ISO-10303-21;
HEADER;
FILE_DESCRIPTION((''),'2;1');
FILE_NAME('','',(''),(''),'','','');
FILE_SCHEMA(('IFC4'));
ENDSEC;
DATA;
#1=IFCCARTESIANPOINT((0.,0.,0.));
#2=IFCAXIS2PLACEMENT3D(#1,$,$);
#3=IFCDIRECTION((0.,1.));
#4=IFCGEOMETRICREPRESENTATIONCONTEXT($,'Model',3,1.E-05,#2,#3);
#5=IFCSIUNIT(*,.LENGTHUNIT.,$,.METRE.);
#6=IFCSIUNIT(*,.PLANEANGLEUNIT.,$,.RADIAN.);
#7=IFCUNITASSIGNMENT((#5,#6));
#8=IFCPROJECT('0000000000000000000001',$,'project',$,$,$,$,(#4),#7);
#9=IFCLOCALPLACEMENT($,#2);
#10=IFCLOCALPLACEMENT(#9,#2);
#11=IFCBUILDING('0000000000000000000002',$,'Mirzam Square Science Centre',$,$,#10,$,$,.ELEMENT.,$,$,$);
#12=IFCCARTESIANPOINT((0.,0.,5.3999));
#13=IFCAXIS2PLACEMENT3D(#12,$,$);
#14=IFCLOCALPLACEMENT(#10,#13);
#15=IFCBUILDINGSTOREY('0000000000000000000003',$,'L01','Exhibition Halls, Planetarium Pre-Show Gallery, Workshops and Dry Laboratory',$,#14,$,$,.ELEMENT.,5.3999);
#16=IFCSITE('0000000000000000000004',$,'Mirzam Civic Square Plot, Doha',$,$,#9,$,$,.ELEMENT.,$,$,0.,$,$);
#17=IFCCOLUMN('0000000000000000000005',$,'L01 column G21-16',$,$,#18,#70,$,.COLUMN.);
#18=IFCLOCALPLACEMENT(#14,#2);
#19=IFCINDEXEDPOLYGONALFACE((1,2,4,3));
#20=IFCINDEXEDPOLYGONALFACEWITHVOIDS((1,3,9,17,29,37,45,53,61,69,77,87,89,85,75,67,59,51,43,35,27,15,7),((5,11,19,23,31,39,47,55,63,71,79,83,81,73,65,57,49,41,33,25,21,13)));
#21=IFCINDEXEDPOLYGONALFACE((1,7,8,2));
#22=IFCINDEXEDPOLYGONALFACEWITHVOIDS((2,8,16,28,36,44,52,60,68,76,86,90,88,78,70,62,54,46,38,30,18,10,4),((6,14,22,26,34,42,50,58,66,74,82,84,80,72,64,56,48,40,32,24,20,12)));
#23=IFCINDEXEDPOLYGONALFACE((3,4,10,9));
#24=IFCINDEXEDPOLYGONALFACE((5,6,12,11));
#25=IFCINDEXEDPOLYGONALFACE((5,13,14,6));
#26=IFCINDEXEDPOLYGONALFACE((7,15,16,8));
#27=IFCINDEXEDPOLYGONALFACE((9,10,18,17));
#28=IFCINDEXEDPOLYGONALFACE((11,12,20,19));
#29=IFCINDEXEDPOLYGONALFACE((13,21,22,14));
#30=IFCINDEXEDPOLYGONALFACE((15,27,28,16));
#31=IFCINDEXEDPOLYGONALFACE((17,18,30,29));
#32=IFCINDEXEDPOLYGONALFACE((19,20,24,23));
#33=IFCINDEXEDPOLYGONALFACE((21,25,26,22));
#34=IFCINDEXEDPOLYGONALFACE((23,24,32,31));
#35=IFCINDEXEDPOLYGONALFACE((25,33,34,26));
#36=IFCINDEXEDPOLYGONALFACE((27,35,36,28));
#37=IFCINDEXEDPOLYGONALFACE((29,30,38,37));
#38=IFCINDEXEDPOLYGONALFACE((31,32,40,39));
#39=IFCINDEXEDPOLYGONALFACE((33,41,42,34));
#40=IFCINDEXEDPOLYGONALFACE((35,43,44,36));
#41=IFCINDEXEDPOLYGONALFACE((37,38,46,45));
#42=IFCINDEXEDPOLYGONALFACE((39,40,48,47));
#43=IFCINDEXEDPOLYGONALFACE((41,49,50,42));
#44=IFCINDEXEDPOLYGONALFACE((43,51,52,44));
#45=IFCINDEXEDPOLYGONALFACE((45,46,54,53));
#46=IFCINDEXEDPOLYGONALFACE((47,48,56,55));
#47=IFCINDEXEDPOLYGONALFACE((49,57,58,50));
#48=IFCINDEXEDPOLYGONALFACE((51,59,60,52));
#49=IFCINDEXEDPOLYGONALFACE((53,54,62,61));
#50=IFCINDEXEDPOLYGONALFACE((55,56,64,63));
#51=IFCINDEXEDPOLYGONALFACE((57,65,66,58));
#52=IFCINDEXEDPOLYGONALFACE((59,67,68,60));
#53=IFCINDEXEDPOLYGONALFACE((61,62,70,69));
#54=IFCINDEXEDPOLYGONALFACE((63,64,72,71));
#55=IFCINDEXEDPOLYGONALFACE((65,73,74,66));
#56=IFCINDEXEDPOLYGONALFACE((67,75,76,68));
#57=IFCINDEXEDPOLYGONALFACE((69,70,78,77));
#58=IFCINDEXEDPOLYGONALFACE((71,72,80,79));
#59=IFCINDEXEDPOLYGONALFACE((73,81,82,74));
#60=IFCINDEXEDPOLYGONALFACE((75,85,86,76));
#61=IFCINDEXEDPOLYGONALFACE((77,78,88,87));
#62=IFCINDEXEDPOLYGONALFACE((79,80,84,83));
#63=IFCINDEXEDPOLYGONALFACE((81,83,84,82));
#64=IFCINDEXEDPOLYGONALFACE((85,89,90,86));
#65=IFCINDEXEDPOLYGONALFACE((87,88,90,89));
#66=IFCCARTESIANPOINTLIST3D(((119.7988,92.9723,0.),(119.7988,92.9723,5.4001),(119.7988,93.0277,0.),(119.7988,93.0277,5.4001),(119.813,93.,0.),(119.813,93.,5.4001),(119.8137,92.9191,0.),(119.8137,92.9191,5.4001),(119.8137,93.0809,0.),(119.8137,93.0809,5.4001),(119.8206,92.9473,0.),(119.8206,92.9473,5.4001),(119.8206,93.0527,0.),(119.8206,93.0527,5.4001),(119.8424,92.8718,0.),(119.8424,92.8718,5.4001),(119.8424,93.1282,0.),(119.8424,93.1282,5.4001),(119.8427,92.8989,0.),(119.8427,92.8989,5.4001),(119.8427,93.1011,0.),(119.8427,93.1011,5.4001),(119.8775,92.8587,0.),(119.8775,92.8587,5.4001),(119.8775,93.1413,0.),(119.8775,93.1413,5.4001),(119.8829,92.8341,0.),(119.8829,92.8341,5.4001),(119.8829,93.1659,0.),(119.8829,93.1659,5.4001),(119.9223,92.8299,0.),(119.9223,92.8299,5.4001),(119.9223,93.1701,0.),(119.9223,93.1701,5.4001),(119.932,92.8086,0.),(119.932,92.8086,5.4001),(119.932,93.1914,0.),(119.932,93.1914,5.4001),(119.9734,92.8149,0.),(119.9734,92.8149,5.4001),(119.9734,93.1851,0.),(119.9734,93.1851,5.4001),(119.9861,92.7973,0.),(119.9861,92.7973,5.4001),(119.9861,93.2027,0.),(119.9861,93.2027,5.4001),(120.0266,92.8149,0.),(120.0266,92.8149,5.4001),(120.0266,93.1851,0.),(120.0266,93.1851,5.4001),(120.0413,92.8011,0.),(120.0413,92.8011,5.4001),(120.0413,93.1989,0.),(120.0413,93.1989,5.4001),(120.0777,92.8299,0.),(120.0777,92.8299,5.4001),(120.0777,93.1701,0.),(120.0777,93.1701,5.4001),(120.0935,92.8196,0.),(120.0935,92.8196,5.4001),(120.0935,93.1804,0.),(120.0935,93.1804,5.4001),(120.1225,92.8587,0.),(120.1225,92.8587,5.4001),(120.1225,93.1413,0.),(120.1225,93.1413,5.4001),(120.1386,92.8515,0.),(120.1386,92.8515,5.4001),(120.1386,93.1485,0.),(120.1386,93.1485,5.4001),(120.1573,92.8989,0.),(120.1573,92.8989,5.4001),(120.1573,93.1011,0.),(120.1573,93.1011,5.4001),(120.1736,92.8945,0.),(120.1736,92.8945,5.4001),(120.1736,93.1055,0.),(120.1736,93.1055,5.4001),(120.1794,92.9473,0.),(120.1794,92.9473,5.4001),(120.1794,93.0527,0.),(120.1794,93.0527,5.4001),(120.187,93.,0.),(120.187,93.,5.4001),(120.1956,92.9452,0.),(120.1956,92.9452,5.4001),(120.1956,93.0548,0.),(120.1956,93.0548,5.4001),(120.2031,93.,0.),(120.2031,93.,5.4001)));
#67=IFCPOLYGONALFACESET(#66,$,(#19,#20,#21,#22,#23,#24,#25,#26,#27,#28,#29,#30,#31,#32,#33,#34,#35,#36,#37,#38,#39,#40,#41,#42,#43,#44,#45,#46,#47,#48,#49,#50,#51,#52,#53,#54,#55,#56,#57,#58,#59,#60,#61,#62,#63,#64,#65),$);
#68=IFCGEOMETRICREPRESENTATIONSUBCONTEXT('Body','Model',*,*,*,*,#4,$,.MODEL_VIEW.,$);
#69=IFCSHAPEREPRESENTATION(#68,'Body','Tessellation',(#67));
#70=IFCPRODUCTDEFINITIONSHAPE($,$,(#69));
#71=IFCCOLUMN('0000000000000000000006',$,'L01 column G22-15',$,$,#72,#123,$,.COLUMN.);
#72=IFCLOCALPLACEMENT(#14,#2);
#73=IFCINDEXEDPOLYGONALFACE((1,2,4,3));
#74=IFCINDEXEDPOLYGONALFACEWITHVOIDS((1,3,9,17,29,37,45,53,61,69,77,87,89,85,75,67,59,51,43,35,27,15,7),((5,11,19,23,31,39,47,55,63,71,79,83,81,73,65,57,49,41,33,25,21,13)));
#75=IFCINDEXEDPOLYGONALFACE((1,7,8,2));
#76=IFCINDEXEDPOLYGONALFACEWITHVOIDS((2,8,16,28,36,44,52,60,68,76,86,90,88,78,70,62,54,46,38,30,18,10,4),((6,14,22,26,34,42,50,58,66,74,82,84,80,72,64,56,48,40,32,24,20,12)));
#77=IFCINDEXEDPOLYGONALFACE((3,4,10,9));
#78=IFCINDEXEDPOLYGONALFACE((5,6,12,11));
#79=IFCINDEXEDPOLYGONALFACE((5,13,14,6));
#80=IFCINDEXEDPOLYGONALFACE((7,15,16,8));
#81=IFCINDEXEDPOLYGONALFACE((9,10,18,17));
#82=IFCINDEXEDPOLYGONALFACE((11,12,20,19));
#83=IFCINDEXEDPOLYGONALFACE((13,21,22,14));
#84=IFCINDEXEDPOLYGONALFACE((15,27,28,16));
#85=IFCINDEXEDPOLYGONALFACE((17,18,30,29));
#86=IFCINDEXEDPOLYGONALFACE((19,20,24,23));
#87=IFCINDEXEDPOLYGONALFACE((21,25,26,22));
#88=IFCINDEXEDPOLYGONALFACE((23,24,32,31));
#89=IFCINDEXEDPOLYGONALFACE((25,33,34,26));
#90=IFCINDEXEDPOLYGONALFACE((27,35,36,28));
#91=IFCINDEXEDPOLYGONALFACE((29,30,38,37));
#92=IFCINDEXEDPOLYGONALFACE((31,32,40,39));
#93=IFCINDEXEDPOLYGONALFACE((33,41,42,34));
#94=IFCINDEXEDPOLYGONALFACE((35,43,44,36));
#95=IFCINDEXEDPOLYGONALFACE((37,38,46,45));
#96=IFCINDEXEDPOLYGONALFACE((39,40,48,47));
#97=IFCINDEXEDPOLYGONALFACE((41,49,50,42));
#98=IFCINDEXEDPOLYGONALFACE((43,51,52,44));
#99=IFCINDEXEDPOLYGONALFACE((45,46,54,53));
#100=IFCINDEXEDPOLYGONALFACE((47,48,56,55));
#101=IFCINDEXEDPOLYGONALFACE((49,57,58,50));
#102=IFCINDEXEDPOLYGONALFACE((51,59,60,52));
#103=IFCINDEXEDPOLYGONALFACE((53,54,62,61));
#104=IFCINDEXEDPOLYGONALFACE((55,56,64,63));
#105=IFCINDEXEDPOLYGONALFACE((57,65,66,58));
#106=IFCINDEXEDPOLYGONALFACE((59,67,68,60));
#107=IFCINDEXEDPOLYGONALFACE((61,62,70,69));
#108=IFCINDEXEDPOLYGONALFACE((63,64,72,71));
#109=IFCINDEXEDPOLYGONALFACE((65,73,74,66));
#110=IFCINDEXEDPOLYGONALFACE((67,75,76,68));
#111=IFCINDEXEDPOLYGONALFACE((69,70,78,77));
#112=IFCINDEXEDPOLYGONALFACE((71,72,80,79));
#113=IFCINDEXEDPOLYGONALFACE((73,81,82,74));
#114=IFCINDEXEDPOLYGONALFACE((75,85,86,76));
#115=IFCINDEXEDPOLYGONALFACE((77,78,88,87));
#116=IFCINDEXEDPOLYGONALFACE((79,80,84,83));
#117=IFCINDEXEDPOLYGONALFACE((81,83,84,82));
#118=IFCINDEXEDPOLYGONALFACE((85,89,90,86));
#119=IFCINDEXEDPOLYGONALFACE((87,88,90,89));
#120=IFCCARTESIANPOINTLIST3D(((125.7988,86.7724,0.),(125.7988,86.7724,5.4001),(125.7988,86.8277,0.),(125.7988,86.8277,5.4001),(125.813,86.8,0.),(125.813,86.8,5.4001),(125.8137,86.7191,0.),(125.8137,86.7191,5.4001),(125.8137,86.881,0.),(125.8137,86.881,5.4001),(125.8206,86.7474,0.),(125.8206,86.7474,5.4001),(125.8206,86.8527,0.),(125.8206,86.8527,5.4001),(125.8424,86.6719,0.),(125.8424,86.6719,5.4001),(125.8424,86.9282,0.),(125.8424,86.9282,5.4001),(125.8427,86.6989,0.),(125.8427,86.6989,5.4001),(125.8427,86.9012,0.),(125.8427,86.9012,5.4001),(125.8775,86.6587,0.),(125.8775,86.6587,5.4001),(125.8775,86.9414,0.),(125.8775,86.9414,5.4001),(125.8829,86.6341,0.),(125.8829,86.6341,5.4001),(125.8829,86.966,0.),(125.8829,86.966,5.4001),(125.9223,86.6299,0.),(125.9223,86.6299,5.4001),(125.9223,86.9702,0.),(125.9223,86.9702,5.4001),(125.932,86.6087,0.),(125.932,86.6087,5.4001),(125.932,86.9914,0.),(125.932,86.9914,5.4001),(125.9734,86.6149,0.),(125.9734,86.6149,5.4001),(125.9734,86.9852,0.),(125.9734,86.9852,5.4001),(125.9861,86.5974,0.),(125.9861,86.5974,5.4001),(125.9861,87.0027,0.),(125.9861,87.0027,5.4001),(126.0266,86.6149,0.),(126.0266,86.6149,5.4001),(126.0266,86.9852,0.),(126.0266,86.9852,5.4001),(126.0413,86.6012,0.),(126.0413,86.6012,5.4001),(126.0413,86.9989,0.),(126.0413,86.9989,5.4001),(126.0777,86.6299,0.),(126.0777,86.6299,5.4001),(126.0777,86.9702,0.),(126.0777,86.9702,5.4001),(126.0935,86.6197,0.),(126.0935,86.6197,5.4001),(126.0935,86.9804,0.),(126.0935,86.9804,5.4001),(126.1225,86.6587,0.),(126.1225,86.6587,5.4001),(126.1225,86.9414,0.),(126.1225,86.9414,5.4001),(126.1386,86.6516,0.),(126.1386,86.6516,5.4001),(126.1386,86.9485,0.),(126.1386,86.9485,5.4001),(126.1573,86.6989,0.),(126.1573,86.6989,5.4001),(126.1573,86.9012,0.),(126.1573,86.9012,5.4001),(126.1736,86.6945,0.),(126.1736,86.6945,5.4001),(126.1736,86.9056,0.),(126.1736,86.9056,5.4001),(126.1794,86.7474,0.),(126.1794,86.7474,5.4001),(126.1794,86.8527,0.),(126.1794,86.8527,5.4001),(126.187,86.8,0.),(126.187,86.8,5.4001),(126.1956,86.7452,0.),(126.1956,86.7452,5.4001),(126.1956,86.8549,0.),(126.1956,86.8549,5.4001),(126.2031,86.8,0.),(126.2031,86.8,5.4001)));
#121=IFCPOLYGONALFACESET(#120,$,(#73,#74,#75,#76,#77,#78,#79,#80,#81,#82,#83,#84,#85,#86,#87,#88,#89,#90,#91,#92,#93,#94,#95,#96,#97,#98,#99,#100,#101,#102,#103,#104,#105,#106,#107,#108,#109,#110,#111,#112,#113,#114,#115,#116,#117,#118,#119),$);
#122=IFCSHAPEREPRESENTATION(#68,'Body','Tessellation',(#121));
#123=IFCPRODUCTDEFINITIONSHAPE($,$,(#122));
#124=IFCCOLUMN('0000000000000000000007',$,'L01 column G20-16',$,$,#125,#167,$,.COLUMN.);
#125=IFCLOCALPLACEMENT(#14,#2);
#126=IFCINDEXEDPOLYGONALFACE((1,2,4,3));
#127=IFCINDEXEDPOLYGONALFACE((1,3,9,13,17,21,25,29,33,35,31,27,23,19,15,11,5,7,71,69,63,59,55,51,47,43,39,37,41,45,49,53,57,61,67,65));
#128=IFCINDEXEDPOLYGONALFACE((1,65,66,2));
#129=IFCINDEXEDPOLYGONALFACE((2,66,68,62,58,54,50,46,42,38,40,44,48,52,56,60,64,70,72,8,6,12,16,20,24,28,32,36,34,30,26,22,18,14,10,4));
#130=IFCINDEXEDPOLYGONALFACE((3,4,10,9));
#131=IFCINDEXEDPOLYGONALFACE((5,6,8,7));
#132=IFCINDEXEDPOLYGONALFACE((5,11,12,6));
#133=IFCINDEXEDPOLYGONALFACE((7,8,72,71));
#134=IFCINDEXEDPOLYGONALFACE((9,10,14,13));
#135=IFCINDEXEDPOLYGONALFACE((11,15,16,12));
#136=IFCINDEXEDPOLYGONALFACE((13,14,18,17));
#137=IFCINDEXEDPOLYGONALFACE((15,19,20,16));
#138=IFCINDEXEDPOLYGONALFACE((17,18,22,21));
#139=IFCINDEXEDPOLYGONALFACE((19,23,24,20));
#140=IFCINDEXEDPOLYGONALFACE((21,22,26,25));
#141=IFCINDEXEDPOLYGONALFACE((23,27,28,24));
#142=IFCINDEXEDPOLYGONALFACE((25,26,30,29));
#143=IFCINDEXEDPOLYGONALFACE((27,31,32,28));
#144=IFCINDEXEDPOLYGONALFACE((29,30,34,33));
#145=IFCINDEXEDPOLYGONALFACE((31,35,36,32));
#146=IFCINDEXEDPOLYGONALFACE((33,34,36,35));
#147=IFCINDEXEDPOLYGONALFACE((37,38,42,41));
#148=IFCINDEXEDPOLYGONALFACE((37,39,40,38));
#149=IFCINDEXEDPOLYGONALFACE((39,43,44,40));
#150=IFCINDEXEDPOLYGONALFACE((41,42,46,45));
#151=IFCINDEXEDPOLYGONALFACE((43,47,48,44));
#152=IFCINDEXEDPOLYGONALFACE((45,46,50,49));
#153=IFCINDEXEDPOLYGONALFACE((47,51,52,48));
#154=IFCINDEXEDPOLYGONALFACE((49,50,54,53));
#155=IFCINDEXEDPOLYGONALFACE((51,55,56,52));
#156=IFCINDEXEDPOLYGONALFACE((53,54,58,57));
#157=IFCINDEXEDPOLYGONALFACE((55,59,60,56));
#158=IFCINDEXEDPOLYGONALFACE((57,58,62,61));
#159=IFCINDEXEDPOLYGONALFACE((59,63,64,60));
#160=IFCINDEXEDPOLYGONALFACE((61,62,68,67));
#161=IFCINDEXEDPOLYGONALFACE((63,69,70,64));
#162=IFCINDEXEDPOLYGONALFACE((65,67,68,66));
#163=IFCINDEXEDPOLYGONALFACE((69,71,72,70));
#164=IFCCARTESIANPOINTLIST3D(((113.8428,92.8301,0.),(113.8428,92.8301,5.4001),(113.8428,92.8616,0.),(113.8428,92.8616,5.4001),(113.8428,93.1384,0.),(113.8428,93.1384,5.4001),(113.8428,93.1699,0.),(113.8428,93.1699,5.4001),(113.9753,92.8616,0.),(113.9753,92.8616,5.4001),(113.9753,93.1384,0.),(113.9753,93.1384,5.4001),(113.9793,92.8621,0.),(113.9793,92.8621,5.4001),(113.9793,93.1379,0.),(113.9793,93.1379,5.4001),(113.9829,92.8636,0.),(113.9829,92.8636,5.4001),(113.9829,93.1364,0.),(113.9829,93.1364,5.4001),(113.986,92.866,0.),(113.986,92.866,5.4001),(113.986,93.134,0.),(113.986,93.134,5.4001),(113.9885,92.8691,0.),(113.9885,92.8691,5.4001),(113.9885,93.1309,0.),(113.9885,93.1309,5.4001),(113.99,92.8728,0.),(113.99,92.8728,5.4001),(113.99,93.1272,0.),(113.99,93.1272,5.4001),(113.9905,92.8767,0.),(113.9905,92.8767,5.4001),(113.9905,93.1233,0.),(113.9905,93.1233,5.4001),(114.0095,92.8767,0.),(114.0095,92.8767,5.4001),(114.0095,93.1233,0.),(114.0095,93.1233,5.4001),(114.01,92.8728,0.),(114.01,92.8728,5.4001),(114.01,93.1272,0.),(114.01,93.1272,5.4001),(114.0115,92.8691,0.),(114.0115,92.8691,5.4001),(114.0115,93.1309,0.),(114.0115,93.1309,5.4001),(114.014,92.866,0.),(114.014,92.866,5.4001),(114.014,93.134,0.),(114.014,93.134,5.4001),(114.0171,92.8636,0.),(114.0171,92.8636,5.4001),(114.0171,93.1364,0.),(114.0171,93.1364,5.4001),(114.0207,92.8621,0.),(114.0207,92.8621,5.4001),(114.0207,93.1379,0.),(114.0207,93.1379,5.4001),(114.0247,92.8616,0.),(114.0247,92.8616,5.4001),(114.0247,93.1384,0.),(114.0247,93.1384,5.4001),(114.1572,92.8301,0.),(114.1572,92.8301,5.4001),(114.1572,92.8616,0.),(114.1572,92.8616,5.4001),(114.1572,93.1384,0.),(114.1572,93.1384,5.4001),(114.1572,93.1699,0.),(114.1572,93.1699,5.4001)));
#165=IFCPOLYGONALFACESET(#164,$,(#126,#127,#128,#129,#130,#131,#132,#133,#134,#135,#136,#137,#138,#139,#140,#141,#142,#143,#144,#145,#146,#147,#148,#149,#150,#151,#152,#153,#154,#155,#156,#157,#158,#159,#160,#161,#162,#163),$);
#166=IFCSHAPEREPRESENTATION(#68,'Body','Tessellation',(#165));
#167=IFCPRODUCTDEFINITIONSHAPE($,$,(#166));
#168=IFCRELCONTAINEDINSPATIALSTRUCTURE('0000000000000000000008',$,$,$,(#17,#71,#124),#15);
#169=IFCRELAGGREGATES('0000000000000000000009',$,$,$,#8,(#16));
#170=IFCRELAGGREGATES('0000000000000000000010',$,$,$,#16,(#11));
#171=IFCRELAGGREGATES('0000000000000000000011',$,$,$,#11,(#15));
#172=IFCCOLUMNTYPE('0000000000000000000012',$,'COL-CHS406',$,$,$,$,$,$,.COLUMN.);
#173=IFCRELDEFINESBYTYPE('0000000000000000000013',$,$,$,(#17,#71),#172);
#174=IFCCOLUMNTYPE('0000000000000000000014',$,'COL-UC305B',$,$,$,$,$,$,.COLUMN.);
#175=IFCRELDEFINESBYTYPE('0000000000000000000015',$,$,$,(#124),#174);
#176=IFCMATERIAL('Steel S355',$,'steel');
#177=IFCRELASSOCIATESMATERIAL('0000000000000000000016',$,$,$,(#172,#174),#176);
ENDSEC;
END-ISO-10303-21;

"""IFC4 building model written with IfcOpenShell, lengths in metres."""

from ifc_helpers import new_model, si_unit, direction, frame, origin, origin_2d, place, context, subcontext, project, spatial, hollow_circle, i_section, extrude, material, material_profile, profile_set, type_object, element, save


model = new_model("IFC4")

# Units and contexts
model_context = context("Model", 3, precision=1e-05, world=origin(), true_north=direction((0.0, 1.0)))
body_context = subcontext(model_context, "Body", "Model", "MODEL_VIEW")
ifc_project = project(units=[si_unit("LENGTHUNIT", "METRE"), si_unit("PLANEANGLEUNIT", "RADIAN")], contexts=[model_context])

# Site, building, storey
site_placement = place(None, origin())
site = spatial("IfcSite", under=ifc_project, at=site_placement, Name="Mirzam Civic Square Plot, Doha", CompositionType="ELEMENT", RefElevation=0.0)
building_placement = place(site_placement, origin())
building = spatial("IfcBuilding", under=site, at=building_placement, Name="Mirzam Square Science Centre", CompositionType="ELEMENT")
storey_placement = place(building_placement, frame((0.0, 0.0, 5.3999)))
storey = spatial("IfcBuildingStorey", under=building, at=storey_placement, Name="L01", Description="Exhibition Halls, Planetarium Pre-Show Gallery, Workshops and Dry Laboratory", CompositionType="ELEMENT", Elevation=5.3999)

# Columns
ifc_material_1 = material(Name="Steel S355", Category="steel")
ifc_material_profile_1 = material_profile(ifc_material_1, hollow_circle(Radius=0.2031, WallThickness=0.0161, at=origin_2d()), Name="406.4x16.0CHS")
ifc_profile_set_1 = profile_set([ifc_material_profile_1], Name="Steel S355")
column_type_1 = type_object("IfcColumnType", Name="COL-CHS406", PredefinedType="COLUMN", material=ifc_profile_set_1)
for number, where, z_axis, x_axis, name in (
    (1, (120.0, 93.0, 0.0), (0.0, 0.0, 1.0), (1.0, 0.0, 0.0), "L01 column G21-16"),
    (2, (126.0, 86.8, 0.0), (0.0, 0.0, 1.0), (1.0, 0.0, 0.0), "L01 column G22-15"),
):
    element("IfcColumn", number, at=place(storey_placement, frame(where, z_axis=z_axis, x_axis=x_axis)), inside=storey, type_object=column_type_1, Name=name, PredefinedType="COLUMN", context=body_context, shape_type="SweptSolid", body=[
        extrude(hollow_circle(Radius=0.2031, WallThickness=0.0161, at=origin_2d()), origin(), (0.0, 0.0, 1.0), 5.4001),
    ])
ifc_material_profile_2 = material_profile(ifc_material_1, i_section(OverallWidth=0.3145, OverallDepth=0.3398, WebThickness=0.019, FlangeThickness=0.0315, FilletRadius=0.0151, at=origin_2d()), Name="305x305x198UC")
ifc_profile_set_2 = profile_set([ifc_material_profile_2], Name="Steel S355")
column_type_2 = type_object("IfcColumnType", Name="COL-UC305B", PredefinedType="COLUMN", material=ifc_profile_set_2)
for number, where, z_axis, x_axis, name in (
    (3, (114.0, 93.0, 0.0), (0.0, 0.0, 1.0), (1.0, 0.0, 0.0), "L01 column G20-16"),
):
    element("IfcColumn", number, at=place(storey_placement, frame(where, z_axis=z_axis, x_axis=x_axis)), inside=storey, type_object=column_type_2, Name=name, PredefinedType="COLUMN", context=body_context, shape_type="SweptSolid", body=[
        extrude(i_section(OverallWidth=0.3145, OverallDepth=0.3398, WebThickness=0.019, FlangeThickness=0.0315, FilletRadius=0.0151, at=origin_2d()), origin(), (0.0, 0.0, 1.0), 5.4001),
    ])

save(model, "model.ifc")
